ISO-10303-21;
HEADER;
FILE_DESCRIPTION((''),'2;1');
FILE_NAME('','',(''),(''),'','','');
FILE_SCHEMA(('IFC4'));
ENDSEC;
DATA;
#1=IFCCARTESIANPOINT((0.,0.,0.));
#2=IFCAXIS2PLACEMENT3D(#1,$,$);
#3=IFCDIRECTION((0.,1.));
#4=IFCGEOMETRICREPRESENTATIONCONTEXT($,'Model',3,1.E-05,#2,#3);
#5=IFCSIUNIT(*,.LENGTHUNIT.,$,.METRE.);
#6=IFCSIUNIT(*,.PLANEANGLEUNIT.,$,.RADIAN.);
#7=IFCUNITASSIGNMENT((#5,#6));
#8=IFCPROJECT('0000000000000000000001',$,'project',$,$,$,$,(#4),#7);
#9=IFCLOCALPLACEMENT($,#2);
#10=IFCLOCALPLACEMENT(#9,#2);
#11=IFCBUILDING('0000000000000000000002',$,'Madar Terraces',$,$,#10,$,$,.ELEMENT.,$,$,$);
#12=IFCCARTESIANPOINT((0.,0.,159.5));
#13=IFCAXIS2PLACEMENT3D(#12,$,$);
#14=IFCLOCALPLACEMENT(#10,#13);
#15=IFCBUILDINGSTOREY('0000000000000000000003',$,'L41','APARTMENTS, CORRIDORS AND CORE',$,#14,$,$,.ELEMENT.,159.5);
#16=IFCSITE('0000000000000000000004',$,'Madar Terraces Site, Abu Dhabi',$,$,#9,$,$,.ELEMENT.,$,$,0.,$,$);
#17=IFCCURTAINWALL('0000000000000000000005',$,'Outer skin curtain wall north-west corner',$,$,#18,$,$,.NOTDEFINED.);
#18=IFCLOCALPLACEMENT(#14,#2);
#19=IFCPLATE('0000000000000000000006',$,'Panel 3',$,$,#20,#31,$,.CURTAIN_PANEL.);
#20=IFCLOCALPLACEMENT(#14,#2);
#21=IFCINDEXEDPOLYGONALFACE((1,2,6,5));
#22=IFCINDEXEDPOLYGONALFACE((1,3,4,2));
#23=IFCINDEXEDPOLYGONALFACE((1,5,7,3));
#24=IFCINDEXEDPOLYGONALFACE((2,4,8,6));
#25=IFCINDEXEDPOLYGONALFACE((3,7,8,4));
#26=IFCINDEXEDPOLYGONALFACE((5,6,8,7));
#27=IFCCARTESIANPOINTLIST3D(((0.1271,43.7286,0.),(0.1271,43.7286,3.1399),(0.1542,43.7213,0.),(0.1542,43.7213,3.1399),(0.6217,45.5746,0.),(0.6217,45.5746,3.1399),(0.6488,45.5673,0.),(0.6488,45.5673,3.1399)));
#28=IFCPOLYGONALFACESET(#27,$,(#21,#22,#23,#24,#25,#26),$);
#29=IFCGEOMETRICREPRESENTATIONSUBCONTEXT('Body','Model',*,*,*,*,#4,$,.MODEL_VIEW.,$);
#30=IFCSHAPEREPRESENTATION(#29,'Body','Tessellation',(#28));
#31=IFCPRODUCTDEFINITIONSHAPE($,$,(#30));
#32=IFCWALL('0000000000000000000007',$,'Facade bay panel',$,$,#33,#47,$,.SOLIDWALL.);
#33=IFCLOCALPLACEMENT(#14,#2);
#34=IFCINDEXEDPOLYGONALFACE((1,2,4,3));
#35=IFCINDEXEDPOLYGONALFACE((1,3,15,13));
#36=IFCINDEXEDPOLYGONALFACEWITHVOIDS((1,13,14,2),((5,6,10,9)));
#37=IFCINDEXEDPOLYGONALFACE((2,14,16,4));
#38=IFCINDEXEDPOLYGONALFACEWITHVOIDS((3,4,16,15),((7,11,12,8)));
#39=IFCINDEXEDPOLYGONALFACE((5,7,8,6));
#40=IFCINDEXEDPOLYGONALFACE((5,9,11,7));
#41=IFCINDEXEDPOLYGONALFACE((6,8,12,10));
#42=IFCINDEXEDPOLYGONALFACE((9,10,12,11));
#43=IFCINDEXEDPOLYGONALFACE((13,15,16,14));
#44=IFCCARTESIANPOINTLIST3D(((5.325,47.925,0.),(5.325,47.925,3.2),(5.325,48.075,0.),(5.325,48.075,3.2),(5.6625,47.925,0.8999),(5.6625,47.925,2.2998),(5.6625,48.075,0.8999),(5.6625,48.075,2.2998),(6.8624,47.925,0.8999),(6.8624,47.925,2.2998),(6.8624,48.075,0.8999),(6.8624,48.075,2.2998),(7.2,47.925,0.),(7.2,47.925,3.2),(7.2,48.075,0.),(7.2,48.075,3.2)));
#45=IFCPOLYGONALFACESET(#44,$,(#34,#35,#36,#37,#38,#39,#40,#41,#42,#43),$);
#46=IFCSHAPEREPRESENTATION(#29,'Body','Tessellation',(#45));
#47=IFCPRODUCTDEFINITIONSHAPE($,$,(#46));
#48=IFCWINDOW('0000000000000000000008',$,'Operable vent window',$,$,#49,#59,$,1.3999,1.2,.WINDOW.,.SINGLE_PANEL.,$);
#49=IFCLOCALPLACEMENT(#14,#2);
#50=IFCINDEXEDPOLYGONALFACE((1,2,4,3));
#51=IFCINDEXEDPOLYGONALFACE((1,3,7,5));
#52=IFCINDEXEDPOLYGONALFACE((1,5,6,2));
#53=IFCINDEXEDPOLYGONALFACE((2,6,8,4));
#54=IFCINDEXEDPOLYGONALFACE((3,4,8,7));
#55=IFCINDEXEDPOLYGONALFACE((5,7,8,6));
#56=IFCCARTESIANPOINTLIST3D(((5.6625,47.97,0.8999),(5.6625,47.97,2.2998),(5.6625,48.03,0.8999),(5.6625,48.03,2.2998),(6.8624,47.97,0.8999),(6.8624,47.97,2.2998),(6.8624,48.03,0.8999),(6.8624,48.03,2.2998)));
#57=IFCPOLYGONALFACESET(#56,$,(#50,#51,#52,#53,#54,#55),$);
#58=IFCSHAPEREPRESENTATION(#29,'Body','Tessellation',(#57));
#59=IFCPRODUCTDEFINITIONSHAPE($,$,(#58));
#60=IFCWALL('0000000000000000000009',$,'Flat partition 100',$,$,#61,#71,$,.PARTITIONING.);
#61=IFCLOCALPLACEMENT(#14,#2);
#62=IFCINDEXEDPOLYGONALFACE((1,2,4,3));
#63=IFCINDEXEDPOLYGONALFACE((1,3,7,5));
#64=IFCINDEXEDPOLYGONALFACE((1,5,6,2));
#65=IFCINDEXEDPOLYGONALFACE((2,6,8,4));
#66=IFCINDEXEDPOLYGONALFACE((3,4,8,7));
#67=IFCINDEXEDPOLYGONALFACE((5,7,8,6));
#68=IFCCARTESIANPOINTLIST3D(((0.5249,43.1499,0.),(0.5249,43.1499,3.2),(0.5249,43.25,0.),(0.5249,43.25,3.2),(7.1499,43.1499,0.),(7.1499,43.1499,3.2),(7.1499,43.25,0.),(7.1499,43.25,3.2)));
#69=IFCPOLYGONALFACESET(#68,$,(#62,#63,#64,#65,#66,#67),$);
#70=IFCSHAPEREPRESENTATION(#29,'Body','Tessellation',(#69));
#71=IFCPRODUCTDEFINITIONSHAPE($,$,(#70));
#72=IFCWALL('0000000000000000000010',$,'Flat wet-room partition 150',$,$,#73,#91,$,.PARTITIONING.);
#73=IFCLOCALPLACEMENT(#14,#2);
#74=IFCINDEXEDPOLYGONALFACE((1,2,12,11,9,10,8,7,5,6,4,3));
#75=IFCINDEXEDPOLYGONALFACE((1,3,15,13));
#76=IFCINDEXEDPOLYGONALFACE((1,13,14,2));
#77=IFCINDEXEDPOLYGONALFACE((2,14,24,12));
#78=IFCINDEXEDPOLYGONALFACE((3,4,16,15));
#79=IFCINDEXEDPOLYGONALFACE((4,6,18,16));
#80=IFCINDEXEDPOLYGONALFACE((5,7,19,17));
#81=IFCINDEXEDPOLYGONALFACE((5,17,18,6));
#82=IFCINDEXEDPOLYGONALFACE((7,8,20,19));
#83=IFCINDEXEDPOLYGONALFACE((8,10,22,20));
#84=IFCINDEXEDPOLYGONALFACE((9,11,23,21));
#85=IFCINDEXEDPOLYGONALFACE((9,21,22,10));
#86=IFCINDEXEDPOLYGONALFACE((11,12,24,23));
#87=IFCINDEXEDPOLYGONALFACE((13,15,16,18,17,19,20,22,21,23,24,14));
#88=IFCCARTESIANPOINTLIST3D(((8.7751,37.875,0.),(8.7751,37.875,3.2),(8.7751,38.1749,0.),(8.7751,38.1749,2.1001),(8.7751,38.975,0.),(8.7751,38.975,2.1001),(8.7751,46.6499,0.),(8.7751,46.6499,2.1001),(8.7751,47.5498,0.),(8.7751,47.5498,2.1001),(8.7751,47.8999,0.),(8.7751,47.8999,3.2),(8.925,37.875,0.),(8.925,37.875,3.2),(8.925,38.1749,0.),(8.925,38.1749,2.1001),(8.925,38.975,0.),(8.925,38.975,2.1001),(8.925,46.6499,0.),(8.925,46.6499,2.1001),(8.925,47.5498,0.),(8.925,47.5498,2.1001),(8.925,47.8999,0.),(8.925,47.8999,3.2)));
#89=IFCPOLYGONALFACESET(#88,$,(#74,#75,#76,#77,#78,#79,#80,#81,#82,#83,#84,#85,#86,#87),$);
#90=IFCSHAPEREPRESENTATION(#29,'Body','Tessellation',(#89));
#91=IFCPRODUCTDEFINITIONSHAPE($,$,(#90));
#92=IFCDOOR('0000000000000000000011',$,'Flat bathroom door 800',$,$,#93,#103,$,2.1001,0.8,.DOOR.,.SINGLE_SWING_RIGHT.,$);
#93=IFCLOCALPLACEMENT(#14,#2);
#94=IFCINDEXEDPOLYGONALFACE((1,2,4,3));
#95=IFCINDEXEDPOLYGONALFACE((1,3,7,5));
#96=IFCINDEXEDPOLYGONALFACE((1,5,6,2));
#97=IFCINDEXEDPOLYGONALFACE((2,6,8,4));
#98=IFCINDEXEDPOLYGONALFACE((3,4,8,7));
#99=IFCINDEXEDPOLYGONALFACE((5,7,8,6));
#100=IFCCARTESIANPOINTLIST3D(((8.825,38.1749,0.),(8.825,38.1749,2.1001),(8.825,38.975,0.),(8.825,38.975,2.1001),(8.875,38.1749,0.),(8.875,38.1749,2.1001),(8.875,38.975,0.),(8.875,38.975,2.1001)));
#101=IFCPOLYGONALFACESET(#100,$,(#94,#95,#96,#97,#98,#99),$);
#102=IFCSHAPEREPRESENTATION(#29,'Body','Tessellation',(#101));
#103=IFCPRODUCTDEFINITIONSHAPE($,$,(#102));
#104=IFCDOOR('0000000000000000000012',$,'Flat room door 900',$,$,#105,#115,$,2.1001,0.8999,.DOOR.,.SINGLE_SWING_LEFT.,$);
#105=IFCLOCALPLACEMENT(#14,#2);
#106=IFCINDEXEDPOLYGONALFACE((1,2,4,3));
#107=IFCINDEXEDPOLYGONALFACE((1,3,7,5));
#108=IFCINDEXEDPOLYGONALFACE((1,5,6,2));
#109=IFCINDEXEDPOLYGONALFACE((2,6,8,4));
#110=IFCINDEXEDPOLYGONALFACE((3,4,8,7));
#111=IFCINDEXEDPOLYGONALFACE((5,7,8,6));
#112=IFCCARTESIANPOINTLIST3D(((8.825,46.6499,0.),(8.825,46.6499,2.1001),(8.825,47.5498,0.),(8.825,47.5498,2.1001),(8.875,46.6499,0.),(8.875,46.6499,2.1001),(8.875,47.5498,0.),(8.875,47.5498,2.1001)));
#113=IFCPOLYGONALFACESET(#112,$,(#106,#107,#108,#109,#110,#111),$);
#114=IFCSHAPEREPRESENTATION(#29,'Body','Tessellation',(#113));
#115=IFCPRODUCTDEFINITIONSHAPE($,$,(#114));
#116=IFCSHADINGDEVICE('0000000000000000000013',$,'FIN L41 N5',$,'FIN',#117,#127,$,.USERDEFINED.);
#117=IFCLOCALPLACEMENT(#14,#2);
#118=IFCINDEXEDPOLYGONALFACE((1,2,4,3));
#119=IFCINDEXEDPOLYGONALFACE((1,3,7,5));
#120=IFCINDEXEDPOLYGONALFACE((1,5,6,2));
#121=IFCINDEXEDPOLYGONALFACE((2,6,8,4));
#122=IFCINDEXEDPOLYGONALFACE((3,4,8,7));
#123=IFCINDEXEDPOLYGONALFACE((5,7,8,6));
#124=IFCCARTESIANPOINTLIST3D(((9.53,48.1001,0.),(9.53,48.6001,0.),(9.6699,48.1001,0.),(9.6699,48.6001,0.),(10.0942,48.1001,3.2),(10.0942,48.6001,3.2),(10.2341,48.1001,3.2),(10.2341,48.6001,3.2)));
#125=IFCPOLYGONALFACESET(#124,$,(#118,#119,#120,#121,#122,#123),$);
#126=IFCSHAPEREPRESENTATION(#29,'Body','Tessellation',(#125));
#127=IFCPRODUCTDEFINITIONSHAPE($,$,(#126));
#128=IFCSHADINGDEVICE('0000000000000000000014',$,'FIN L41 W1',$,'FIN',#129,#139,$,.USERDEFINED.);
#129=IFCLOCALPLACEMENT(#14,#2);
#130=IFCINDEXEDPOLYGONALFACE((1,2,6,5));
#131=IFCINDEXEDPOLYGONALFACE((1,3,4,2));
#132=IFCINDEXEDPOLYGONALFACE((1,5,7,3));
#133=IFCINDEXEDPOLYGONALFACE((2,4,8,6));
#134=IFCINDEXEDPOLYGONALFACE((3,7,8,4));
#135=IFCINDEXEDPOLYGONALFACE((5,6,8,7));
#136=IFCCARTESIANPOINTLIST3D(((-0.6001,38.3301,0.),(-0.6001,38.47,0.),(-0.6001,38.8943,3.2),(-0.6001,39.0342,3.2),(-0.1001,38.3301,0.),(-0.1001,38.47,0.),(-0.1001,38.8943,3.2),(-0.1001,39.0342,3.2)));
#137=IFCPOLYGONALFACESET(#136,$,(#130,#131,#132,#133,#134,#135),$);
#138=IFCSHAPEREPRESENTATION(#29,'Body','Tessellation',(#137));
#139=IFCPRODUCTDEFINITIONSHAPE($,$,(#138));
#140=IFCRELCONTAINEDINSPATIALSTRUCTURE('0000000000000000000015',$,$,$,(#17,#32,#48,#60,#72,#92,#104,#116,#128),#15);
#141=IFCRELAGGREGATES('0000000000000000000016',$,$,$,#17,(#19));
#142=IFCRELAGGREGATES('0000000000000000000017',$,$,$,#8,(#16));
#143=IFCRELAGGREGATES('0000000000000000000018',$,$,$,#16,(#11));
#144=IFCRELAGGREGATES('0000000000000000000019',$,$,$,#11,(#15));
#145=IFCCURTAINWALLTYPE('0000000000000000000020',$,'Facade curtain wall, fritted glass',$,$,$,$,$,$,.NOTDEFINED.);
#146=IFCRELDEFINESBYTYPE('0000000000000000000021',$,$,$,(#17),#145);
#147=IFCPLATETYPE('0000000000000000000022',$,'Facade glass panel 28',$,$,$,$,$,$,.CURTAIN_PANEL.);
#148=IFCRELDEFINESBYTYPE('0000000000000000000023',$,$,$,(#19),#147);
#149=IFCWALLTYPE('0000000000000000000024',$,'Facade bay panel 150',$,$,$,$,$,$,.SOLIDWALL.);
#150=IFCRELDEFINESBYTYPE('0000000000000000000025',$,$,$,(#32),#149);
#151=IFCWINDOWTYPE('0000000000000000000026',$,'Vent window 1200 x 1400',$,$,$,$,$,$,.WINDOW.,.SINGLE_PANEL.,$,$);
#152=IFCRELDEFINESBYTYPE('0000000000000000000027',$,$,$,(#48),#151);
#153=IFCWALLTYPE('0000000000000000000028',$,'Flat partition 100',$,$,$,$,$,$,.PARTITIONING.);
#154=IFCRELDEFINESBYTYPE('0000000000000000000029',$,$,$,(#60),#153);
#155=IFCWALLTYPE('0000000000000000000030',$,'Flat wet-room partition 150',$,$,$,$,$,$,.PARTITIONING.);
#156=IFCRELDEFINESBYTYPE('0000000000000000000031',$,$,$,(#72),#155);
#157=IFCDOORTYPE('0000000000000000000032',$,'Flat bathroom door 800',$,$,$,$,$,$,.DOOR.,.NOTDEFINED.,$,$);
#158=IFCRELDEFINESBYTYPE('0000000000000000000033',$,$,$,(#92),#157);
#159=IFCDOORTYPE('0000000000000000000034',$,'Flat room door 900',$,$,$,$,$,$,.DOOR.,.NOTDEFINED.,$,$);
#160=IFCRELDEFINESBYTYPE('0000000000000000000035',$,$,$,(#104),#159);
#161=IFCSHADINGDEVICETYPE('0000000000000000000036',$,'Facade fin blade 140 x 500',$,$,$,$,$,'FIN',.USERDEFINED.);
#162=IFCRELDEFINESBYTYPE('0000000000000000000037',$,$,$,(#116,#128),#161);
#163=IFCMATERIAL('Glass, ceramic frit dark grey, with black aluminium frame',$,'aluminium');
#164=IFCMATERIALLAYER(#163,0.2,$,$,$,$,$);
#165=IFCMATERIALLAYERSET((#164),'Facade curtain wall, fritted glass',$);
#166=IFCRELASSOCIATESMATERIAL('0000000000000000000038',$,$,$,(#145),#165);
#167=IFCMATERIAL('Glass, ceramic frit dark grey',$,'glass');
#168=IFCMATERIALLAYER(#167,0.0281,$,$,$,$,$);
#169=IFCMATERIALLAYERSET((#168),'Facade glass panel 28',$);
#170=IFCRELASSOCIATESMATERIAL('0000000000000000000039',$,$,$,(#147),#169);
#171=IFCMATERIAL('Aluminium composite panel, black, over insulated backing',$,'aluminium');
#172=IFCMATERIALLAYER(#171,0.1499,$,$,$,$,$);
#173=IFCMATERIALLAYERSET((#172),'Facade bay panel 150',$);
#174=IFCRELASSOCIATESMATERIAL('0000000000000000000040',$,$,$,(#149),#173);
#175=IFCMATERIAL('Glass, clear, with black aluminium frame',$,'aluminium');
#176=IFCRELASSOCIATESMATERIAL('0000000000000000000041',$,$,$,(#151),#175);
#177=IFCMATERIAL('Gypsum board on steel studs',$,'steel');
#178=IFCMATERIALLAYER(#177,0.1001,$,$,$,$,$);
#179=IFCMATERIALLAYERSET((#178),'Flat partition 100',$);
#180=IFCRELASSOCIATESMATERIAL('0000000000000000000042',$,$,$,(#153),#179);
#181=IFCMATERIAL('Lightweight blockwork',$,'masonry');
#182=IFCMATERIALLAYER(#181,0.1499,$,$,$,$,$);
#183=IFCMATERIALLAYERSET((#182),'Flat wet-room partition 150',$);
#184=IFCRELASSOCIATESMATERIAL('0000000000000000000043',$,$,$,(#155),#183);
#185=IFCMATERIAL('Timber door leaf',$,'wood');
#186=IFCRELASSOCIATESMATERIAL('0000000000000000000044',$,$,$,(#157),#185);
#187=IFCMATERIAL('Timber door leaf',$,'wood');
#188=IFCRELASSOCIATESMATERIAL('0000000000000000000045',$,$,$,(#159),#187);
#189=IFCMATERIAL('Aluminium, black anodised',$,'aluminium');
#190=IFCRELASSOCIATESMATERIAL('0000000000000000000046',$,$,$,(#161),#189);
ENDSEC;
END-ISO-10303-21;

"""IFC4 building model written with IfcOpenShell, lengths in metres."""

from ifc_helpers import new_model, si_unit, direction, frame, frame_2d, origin, origin_2d, place, context, subcontext, project, spatial, polyline, rectangle, outline, extrude, material, layer, layer_set, type_object, element, fill, aggregate, save


model = new_model("IFC4")

# Units and contexts
model_context = context("Model", 3, precision=1e-05, world=origin(), true_north=direction((0.0, 1.0)))
body_context = subcontext(model_context, "Body", "Model", "MODEL_VIEW")
ifc_project = project(units=[si_unit("LENGTHUNIT", "METRE"), si_unit("PLANEANGLEUNIT", "RADIAN")], contexts=[model_context])

# Site, building, storey
site_placement = place(None, origin())
site = spatial("IfcSite", under=ifc_project, at=site_placement, Name="Madar Terraces Site, Abu Dhabi", CompositionType="ELEMENT", RefElevation=0.0)
building_placement = place(site_placement, origin())
building = spatial("IfcBuilding", under=site, at=building_placement, Name="Madar Terraces", CompositionType="ELEMENT")
storey_placement = place(building_placement, frame((0.0, 0.0, 159.5)))
storey = spatial("IfcBuildingStorey", under=building, at=storey_placement, Name="L41", Description="APARTMENTS, CORRIDORS AND CORE", CompositionType="ELEMENT", Elevation=159.5)

# Shared definitions
ifc_material_1 = material(Name="Glass, ceramic frit dark grey, with black aluminium frame", Category="aluminium")
ifc_layer_1 = layer(ifc_material_1, 0.2)
ifc_layer_set_1 = layer_set([ifc_layer_1], Name="Facade curtain wall, fritted glass")
curtain_wall_type = type_object("IfcCurtainWallType", Name="Facade curtain wall, fritted glass", PredefinedType="NOTDEFINED", material=ifc_layer_set_1)

# Curtain wall
curtain_wall_1_placement = place(storey_placement, origin())
curtain_wall_1 = element("IfcCurtainWall", 1, at=curtain_wall_1_placement, inside=storey, type_object=curtain_wall_type, Name="Outer skin curtain wall north-west corner", PredefinedType="NOTDEFINED")

# Plate
ifc_material_2 = material(Name="Glass, ceramic frit dark grey", Category="glass")
ifc_layer_2 = layer(ifc_material_2, 0.0281)
ifc_layer_set_2 = layer_set([ifc_layer_2], Name="Facade glass panel 28")
plate_type = type_object("IfcPlateType", Name="Facade glass panel 28", PredefinedType="CURTAIN_PANEL", material=ifc_layer_set_2)
plate_1_placement = place(storey_placement, frame((0.3879, 44.6479, 0.0), z_axis=(0.0, 0.0, 1.0), x_axis=(-0.258819, -0.965926, 0.0)))
plate_1 = element("IfcPlate", 2, at=plate_1_placement, type_object=plate_type, Name="Panel 3", PredefinedType="CURTAIN_PANEL", context=body_context, shape_type="SweptSolid", body=[
    extrude(rectangle(XDim=1.9111, YDim=0.0281, at=origin_2d()), origin(), (0.0, 0.0, 1.0), 3.1399),
])
aggregate(curtain_wall_1, [plate_1])

# Wall, opening, window
ifc_material_3 = material(Name="Aluminium composite panel, black, over insulated backing", Category="aluminium")
ifc_layer_3 = layer(ifc_material_3, 0.1499)
ifc_layer_set_3 = layer_set([ifc_layer_3], Name="Facade bay panel 150")
wall_type_1 = type_object("IfcWallType", Name="Facade bay panel 150", PredefinedType="SOLIDWALL", material=ifc_layer_set_3)
wall_1_placement = place(storey_placement, frame((7.2, 48.0, 0.0), z_axis=(0.0, 0.0, 1.0), x_axis=(-1.0, 0.0, 0.0)))
wall_1 = element("IfcWall", 3, at=wall_1_placement, inside=storey, type_object=wall_type_1, Name="Facade bay panel", PredefinedType="SOLIDWALL", context=body_context, shape_type="SweptSolid", body=[
    extrude(rectangle(XDim=1.875, YDim=0.1499, at=frame_2d((0.9375, 0.0))), origin(), (0.0, 0.0, 1.0), 3.2),
])
opening_1_placement = place(wall_1_placement, frame((0.3374, 0.0, 0.8999)))
opening_1 = element("IfcOpeningElement", 4, at=opening_1_placement, cuts=wall_1, PredefinedType="OPENING", context=body_context, shape_type="SweptSolid", body=[
    extrude(rectangle(XDim=1.2, YDim=1.3999, at=frame_2d((0.6001, 0.7))), frame((0.0, 0.085, 0.0), z_axis=(0.0, -1.0, 0.0), x_axis=(1.0, 0.0, 0.0)), (0.0, 0.0, 1.0), 0.1699),
])
ifc_material_4 = material(Name="Glass, clear, with black aluminium frame", Category="aluminium")
window_type = type_object("IfcWindowType", Name="Vent window 1200 x 1400", PartitioningType="SINGLE_PANEL", PredefinedType="WINDOW", material=ifc_material_4)
window_placement = place(opening_1_placement, origin())
window = element("IfcWindow", 5, at=window_placement, inside=storey, type_object=window_type, Name="Operable vent window", OverallHeight=1.3999, OverallWidth=1.2, PartitioningType="SINGLE_PANEL", PredefinedType="WINDOW", context=body_context, shape_type="SweptSolid", body=[
    extrude(rectangle(XDim=1.2, YDim=1.3999, at=frame_2d((0.6001, 0.7))), frame((0.0, 0.03, 0.0), z_axis=(0.0, -1.0, 0.0), x_axis=(1.0, 0.0, 0.0)), (0.0, 0.0, 1.0), 0.0601),
])
fill(opening_1, window)

# Wall
ifc_material_5 = material(Name="Gypsum board on steel studs", Category="steel")
ifc_layer_4 = layer(ifc_material_5, 0.1001)
ifc_layer_set_4 = layer_set([ifc_layer_4], Name="Flat partition 100")
wall_type_2 = type_object("IfcWallType", Name="Flat partition 100", PredefinedType="PARTITIONING", material=ifc_layer_set_4)
wall_2_placement = place(storey_placement, frame((7.1499, 43.2, 0.0), z_axis=(0.0, 0.0, 1.0), x_axis=(-1.0, 0.0, 0.0)))
element("IfcWall", 6, at=wall_2_placement, inside=storey, type_object=wall_type_2, Name="Flat partition 100", PredefinedType="PARTITIONING", context=body_context, shape_type="SweptSolid", body=[
    extrude(rectangle(XDim=6.625, YDim=0.1001, at=frame_2d((3.3125, 0.0))), origin(), (0.0, 0.0, 1.0), 3.2),
])

# Wall, openings, doors
ifc_material_6 = material(Name="Lightweight blockwork", Category="masonry")
ifc_layer_5 = layer(ifc_material_6, 0.1499)
ifc_layer_set_5 = layer_set([ifc_layer_5], Name="Flat wet-room partition 150")
wall_type_3 = type_object("IfcWallType", Name="Flat wet-room partition 150", PredefinedType="PARTITIONING", material=ifc_layer_set_5)
wall_3_placement = place(storey_placement, frame((8.8501, 47.8999, 0.0), z_axis=(0.0, 0.0, 1.0), x_axis=(0.0, -1.0, 0.0)))
wall_3 = element("IfcWall", 7, at=wall_3_placement, inside=storey, type_object=wall_type_3, Name="Flat wet-room partition 150", PredefinedType="PARTITIONING", context=body_context, shape_type="SweptSolid", body=[
    extrude(rectangle(XDim=10.0249, YDim=0.1499, at=frame_2d((5.0125, 0.0))), origin(), (0.0, 0.0, 1.0), 3.2),
])
opening_2_placement = place(wall_3_placement, frame((8.925, 0.0, 0.0)))
opening_2 = element("IfcOpeningElement", 8, at=opening_2_placement, cuts=wall_3, PredefinedType="OPENING", context=body_context, shape_type="SweptSolid", body=[
    extrude(rectangle(XDim=0.8, YDim=2.1001, at=frame_2d((0.3999, 1.05))), frame((0.0, 0.085, 0.0), z_axis=(0.0, -1.0, 0.0), x_axis=(1.0, 0.0, 0.0)), (0.0, 0.0, 1.0), 0.1699),
])
opening_3_placement = place(wall_3_placement, frame((0.3501, 0.0, 0.0)))
opening_3 = element("IfcOpeningElement", 9, at=opening_3_placement, cuts=wall_3, PredefinedType="OPENING", context=body_context, shape_type="SweptSolid", body=[
    extrude(rectangle(XDim=0.8999, YDim=2.1001, at=frame_2d((0.45, 1.05))), frame((0.0, 0.085, 0.0), z_axis=(0.0, -1.0, 0.0), x_axis=(1.0, 0.0, 0.0)), (0.0, 0.0, 1.0), 0.1699),
])
ifc_material_7 = material(Name="Timber door leaf", Category="wood")
door_type_1 = type_object("IfcDoorType", Name="Flat bathroom door 800", OperationType="NOTDEFINED", PredefinedType="DOOR", material=ifc_material_7)
door_1_placement = place(opening_2_placement, origin())
door_1 = element("IfcDoor", 10, at=door_1_placement, inside=storey, type_object=door_type_1, Name="Flat bathroom door 800", OperationType="SINGLE_SWING_RIGHT", OverallHeight=2.1001, OverallWidth=0.8, PredefinedType="DOOR", context=body_context, shape_type="SweptSolid", body=[
    extrude(rectangle(XDim=0.8, YDim=2.1001, at=frame_2d((0.3999, 1.05))), frame((0.0, 0.0249, 0.0), z_axis=(0.0, -1.0, 0.0), x_axis=(1.0, 0.0, 0.0)), (0.0, 0.0, 1.0), 0.05),
])
fill(opening_2, door_1)
ifc_material_8 = material(Name="Timber door leaf", Category="wood")
door_type_2 = type_object("IfcDoorType", Name="Flat room door 900", OperationType="NOTDEFINED", PredefinedType="DOOR", material=ifc_material_8)
door_2_placement = place(opening_3_placement, origin())
door_2 = element("IfcDoor", 11, at=door_2_placement, inside=storey, type_object=door_type_2, Name="Flat room door 900", OperationType="SINGLE_SWING_LEFT", OverallHeight=2.1001, OverallWidth=0.8999, PredefinedType="DOOR", context=body_context, shape_type="SweptSolid", body=[
    extrude(rectangle(XDim=0.8999, YDim=2.1001, at=frame_2d((0.45, 1.05))), frame((0.0, 0.0249, 0.0), z_axis=(0.0, -1.0, 0.0), x_axis=(1.0, 0.0, 0.0)), (0.0, 0.0, 1.0), 0.05),
])
fill(opening_3, door_2)

# Shading devices
ifc_material_9 = material(Name="Aluminium, black anodised", Category="aluminium")
shading_device_type = type_object("IfcShadingDeviceType", Name="Facade fin blade 140 x 500", ElementType="FIN", PredefinedType="USERDEFINED", material=ifc_material_9)
for number, where, z_axis, x_axis, name in (
    (12, (9.6699, 48.3501, 0.0), (0.0, 0.0, 1.0), (-1.0, 0.0, 0.0), "FIN L41 N5"),
    (13, (-0.3501, 38.47, 0.0), (0.0, 0.0, 1.0), (0.0, -1.0, 0.0), "FIN L41 W1"),
):
    element("IfcShadingDevice", number, at=place(storey_placement, frame(where, z_axis=z_axis, x_axis=x_axis)), inside=storey, type_object=shading_device_type, Name=name, ObjectType="FIN", PredefinedType="USERDEFINED", context=body_context, shape_type="SweptSolid", body=[
        extrude(outline(polyline([(0.0, 0.0), (0.1399, 0.0), (-0.4243, 3.2), (-0.5642, 3.2), (0.0, 0.0)])), frame((0.0, 0.25, 0.0), z_axis=(0.0, -1.0, 0.0), x_axis=(1.0, 0.0, 0.0)), (0.0, 0.0, 1.0), 0.5),
    ])

save(model, "model.ifc")
